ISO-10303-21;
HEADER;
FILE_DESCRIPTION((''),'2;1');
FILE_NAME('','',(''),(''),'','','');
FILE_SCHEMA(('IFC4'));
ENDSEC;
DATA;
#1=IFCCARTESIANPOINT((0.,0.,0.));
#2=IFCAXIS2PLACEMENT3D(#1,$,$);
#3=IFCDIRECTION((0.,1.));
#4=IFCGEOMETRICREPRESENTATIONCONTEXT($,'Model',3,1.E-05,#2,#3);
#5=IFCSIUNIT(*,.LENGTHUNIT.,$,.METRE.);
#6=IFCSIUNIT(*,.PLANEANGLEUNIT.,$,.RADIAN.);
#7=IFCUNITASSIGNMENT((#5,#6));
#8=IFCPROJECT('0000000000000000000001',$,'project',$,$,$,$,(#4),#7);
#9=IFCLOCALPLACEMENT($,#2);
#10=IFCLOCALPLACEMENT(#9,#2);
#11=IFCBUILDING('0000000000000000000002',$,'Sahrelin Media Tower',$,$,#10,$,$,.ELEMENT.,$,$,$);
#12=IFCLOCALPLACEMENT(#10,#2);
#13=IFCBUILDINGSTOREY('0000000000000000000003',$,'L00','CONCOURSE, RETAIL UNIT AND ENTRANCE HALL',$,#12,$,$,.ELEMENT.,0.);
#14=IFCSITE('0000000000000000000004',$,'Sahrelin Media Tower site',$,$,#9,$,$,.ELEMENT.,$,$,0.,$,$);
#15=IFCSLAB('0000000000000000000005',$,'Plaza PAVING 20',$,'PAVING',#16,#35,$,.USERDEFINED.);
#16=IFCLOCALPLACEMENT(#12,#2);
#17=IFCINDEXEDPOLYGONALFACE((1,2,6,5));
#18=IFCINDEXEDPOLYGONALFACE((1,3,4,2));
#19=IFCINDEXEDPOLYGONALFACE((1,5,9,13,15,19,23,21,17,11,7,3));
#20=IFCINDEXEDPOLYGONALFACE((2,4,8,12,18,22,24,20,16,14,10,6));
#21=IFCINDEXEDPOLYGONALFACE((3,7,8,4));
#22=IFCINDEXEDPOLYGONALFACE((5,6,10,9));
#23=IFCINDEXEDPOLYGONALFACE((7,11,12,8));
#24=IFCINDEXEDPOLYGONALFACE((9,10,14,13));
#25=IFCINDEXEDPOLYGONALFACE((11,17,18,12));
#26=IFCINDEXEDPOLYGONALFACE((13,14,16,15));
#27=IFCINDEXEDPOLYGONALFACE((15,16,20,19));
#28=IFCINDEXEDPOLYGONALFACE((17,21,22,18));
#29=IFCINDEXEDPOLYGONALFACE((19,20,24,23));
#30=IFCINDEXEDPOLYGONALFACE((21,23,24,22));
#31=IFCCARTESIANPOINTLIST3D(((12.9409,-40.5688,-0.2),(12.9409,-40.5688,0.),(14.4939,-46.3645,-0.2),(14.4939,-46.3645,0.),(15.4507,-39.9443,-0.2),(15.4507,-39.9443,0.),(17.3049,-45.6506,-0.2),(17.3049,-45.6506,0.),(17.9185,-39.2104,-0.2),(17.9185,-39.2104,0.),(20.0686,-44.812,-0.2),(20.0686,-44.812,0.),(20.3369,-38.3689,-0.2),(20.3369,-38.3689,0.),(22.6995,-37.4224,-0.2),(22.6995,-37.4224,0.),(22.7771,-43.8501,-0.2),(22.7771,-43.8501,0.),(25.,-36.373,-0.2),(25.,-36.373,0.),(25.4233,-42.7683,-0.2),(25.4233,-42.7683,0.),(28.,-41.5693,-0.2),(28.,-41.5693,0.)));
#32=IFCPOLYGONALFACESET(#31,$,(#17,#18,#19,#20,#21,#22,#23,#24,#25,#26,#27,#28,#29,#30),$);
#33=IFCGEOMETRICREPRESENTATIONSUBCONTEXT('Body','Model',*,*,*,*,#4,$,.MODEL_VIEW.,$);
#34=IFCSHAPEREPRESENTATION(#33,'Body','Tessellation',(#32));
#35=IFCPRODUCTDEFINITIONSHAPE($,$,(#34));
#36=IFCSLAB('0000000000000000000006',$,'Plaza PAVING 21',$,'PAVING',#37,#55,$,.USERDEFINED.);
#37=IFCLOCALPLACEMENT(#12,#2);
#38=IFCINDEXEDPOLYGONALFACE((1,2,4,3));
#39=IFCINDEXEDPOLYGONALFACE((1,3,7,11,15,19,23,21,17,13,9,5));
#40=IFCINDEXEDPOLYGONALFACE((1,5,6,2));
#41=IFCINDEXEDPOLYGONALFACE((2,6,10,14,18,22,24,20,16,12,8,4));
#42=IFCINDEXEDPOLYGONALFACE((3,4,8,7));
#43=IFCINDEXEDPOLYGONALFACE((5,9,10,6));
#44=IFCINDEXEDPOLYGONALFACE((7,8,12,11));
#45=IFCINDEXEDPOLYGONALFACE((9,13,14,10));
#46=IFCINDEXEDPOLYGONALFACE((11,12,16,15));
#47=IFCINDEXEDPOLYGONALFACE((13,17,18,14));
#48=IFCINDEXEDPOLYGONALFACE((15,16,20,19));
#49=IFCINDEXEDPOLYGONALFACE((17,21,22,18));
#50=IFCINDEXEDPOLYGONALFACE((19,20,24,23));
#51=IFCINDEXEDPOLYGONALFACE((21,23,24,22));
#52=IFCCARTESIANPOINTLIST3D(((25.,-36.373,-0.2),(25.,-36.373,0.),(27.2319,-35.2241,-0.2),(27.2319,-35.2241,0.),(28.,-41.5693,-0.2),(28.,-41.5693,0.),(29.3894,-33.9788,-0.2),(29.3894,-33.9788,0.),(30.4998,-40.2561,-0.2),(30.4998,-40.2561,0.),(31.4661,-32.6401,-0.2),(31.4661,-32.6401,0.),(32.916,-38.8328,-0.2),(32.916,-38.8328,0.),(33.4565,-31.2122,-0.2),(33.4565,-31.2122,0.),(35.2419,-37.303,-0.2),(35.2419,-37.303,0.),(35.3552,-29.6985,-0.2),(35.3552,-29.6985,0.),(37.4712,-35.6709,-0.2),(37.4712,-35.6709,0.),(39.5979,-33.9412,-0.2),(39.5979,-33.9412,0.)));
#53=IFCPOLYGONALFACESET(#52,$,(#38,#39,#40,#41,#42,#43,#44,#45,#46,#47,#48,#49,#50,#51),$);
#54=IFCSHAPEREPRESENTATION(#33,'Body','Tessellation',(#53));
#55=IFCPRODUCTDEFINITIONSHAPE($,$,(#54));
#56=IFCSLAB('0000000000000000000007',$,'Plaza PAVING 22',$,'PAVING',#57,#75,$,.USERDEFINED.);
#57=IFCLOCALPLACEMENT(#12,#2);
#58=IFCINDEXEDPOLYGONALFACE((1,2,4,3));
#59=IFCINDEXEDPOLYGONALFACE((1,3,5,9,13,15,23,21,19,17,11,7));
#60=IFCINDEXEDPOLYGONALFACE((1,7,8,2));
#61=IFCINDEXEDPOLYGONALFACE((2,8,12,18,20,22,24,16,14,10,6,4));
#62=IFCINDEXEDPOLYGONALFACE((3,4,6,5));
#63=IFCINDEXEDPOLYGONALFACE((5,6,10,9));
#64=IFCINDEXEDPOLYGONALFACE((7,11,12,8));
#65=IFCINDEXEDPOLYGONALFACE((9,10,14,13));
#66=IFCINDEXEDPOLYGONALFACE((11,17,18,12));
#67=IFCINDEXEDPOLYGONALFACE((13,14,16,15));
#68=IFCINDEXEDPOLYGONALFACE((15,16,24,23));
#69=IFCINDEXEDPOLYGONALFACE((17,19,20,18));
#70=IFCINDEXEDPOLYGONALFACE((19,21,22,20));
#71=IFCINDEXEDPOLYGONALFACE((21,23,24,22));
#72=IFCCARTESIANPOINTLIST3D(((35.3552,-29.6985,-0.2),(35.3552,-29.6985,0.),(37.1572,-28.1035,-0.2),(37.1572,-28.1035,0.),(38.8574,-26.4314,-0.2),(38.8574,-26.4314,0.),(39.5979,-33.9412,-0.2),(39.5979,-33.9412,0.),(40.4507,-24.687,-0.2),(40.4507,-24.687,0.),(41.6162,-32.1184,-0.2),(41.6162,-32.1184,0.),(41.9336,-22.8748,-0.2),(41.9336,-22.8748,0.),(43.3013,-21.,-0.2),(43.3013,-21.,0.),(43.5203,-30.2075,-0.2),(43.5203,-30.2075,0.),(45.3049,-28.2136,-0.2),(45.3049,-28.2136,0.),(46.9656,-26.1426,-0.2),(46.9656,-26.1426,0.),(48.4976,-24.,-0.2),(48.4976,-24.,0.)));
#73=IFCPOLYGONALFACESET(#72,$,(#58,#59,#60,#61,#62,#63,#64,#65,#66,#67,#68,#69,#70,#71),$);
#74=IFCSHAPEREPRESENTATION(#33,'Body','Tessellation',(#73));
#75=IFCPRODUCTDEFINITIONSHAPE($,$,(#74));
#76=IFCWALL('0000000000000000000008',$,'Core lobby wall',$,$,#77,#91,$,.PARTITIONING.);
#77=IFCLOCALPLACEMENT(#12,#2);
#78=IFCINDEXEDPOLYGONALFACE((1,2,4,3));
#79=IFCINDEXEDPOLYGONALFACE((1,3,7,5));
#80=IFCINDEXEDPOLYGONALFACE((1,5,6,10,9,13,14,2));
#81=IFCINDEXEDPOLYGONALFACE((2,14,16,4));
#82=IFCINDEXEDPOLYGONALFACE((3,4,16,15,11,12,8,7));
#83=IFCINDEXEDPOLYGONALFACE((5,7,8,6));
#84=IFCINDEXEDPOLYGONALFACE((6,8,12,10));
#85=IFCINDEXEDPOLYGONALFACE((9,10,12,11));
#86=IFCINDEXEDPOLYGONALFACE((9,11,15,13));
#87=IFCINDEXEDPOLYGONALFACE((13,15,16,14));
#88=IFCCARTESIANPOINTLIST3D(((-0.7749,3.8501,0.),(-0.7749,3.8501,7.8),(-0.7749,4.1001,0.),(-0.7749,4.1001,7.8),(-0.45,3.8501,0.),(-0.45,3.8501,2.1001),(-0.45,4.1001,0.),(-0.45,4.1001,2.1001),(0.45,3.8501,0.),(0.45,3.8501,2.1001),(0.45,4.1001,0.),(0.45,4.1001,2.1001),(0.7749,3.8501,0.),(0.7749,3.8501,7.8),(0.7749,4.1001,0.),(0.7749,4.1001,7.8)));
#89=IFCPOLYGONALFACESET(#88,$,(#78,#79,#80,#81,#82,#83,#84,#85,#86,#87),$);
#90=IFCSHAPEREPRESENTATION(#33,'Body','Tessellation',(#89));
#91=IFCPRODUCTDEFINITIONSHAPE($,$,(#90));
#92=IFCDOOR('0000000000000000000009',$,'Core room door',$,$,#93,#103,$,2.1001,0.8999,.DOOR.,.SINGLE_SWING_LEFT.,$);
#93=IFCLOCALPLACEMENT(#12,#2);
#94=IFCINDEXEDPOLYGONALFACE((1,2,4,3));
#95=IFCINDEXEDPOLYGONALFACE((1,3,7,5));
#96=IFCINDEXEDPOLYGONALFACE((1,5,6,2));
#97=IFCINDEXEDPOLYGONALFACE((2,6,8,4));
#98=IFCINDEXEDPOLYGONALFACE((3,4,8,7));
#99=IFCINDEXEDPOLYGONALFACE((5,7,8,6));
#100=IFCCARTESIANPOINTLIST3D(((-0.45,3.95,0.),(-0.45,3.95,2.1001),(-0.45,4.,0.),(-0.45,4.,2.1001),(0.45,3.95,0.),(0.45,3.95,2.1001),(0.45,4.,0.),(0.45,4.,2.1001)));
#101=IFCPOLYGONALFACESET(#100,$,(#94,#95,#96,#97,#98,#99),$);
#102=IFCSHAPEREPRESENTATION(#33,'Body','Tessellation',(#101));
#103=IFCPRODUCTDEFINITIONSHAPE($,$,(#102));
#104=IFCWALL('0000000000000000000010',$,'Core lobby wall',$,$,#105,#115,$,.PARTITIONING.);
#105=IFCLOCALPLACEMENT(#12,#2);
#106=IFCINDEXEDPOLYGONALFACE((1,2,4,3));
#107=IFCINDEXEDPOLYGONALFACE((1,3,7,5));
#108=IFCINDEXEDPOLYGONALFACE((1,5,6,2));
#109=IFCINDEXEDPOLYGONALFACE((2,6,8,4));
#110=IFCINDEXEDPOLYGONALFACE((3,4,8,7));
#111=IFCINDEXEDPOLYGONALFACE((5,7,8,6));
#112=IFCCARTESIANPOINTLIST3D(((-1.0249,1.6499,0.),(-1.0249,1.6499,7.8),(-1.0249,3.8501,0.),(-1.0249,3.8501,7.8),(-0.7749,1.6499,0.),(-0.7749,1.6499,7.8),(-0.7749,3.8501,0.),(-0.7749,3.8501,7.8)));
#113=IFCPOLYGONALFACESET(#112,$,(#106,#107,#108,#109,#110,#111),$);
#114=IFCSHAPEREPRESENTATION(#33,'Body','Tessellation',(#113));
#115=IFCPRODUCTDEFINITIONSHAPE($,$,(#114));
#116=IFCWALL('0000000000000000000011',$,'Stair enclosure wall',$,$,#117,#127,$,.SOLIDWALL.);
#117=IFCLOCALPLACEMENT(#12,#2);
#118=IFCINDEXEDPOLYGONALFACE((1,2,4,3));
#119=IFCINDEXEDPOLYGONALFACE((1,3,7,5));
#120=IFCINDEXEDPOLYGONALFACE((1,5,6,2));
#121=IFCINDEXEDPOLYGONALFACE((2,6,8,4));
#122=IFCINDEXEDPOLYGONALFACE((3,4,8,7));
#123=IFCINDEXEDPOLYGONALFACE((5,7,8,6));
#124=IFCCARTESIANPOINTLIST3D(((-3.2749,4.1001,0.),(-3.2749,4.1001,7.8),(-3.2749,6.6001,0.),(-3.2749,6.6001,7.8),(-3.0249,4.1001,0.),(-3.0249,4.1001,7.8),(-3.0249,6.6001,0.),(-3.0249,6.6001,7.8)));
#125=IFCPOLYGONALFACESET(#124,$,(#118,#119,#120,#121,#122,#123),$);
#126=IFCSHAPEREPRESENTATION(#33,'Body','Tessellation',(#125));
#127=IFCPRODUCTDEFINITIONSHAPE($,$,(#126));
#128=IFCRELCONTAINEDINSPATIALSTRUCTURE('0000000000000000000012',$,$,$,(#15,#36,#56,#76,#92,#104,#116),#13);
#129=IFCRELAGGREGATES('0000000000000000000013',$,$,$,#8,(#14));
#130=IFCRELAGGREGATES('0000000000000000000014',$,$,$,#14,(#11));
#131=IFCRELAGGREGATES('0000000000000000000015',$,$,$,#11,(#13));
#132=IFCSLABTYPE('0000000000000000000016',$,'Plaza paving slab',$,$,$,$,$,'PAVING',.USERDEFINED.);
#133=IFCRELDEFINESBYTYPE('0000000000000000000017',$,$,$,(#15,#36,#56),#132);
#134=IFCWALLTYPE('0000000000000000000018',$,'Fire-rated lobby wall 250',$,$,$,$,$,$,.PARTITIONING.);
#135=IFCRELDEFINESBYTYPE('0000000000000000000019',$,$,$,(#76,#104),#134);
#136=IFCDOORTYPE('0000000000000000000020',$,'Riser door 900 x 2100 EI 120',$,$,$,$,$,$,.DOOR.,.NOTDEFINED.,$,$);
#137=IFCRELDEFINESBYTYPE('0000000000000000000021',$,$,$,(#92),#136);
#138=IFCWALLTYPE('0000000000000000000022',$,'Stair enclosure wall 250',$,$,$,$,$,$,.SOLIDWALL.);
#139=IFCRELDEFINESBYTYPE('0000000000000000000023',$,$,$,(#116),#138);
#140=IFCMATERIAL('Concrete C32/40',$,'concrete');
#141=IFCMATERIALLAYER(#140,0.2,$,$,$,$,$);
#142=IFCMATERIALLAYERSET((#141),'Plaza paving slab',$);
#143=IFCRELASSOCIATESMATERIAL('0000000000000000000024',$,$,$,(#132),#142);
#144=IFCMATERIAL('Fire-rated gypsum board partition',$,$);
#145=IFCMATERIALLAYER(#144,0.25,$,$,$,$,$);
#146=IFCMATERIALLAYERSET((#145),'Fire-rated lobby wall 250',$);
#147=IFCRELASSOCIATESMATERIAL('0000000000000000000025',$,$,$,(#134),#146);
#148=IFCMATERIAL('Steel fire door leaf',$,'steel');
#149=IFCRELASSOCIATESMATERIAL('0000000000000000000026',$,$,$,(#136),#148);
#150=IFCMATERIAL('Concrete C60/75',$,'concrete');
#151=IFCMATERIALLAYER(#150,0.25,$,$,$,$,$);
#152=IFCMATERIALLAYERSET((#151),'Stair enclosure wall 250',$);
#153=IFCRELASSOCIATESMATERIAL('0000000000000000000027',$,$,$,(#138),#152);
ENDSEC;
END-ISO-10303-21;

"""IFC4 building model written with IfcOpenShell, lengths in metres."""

from ifc_helpers import new_model, si_unit, direction, frame, frame_2d, origin, place, context, subcontext, project, spatial, polyline, rectangle, outline, extrude, material, layer, layer_set, type_object, element, fill, save


model = new_model("IFC4")

# Units and contexts
model_context = context("Model", 3, precision=1e-05, world=origin(), true_north=direction((0.0, 1.0)))
body_context = subcontext(model_context, "Body", "Model", "MODEL_VIEW")
ifc_project = project(units=[si_unit("LENGTHUNIT", "METRE"), si_unit("PLANEANGLEUNIT", "RADIAN")], contexts=[model_context])

# Site, building, storey
site_placement = place(None, origin())
site = spatial("IfcSite", under=ifc_project, at=site_placement, Name="Sahrelin Media Tower site", CompositionType="ELEMENT", RefElevation=0.0)
building_placement = place(site_placement, origin())
building = spatial("IfcBuilding", under=site, at=building_placement, Name="Sahrelin Media Tower", CompositionType="ELEMENT")
storey_placement = place(building_placement, origin())
storey = spatial("IfcBuildingStorey", under=building, at=storey_placement, Name="L00", Description="CONCOURSE, RETAIL UNIT AND ENTRANCE HALL", CompositionType="ELEMENT", Elevation=0.0)

# Slabs
ifc_material_1 = material(Name="Concrete C32/40", Category="concrete")
ifc_layer_1 = layer(ifc_material_1, 0.2)
ifc_layer_set_1 = layer_set([ifc_layer_1], Name="Plaza paving slab")
slab_type = type_object("IfcSlabType", Name="Plaza paving slab", ElementType="PAVING", PredefinedType="USERDEFINED", material=ifc_layer_set_1)
placement = place(storey_placement, frame((0.0, 0.0, -0.2)))
element("IfcSlab", 1, at=placement, inside=storey, type_object=slab_type, Name="Plaza PAVING 20", ObjectType="PAVING", PredefinedType="USERDEFINED", context=body_context, shape_type="SweptSolid", body=[
    extrude(outline(polyline([(12.9409, -40.5688), (15.4507, -39.9443), (17.9185, -39.2104), (20.3369, -38.3689), (22.6995, -37.4224), (25.0, -36.373), (28.0, -41.5693), (25.4233, -42.7683), (22.7771, -43.8501), (20.0686, -44.812), (17.3049, -45.6506), (14.4939, -46.3645), (12.9409, -40.5688)])), origin(), (0.0, 0.0, 1.0), 0.2),
])
element("IfcSlab", 2, at=placement, inside=storey, type_object=slab_type, Name="Plaza PAVING 21", ObjectType="PAVING", PredefinedType="USERDEFINED", context=body_context, shape_type="SweptSolid", body=[
    extrude(outline(polyline([(25.0, -36.373), (27.2319, -35.2241), (29.3894, -33.9788), (31.4661, -32.6401), (33.4565, -31.2122), (35.3552, -29.6985), (39.5979, -33.9412), (37.4712, -35.6709), (35.2419, -37.303), (32.916, -38.8328), (30.4998, -40.2561), (28.0, -41.5693), (25.0, -36.373)])), origin(), (0.0, 0.0, 1.0), 0.2),
])
element("IfcSlab", 3, at=placement, inside=storey, type_object=slab_type, Name="Plaza PAVING 22", ObjectType="PAVING", PredefinedType="USERDEFINED", context=body_context, shape_type="SweptSolid", body=[
    extrude(outline(polyline([(35.3552, -29.6985), (37.1572, -28.1035), (38.8574, -26.4314), (40.4507, -24.687), (41.9336, -22.8748), (43.3013, -21.0), (48.4976, -24.0), (46.9656, -26.1426), (45.3049, -28.2136), (43.5203, -30.2075), (41.6162, -32.1184), (39.5979, -33.9412), (35.3552, -29.6985)])), origin(), (0.0, 0.0, 1.0), 0.2),
])

# Wall, opening, door
ifc_material_2 = material(Name="Fire-rated gypsum board partition")
ifc_layer_2 = layer(ifc_material_2, 0.25)
ifc_layer_set_2 = layer_set([ifc_layer_2], Name="Fire-rated lobby wall 250")
wall_type_1 = type_object("IfcWallType", Name="Fire-rated lobby wall 250", PredefinedType="PARTITIONING", material=ifc_layer_set_2)
wall_1_placement = place(storey_placement, frame((-0.7749, 3.9751, 0.0), z_axis=(0.0, 0.0, 1.0), x_axis=(1.0, 0.0, 0.0)))
wall_1 = element("IfcWall", 4, at=wall_1_placement, inside=storey, type_object=wall_type_1, Name="Core lobby wall", PredefinedType="PARTITIONING", context=body_context, shape_type="SweptSolid", body=[
    extrude(rectangle(XDim=1.5498, YDim=0.25, at=frame_2d((0.7749, 0.0))), origin(), (0.0, 0.0, 1.0), 7.8),
])
opening_placement = place(wall_1_placement, frame((0.325, 0.0, 0.0)))
opening = element("IfcOpeningElement", 5, at=opening_placement, cuts=wall_1, PredefinedType="OPENING", context=body_context, shape_type="SweptSolid", body=[
    extrude(rectangle(XDim=0.8999, YDim=2.1001, at=frame_2d((0.45, 1.05))), frame((0.0, 0.125, 0.0), z_axis=(0.0, -1.0, 0.0), x_axis=(1.0, 0.0, 0.0)), (0.0, 0.0, 1.0), 0.25),
])
ifc_material_3 = material(Name="Steel fire door leaf", Category="steel")
door_type = type_object("IfcDoorType", Name="Riser door 900 x 2100 EI 120", OperationType="NOTDEFINED", PredefinedType="DOOR", material=ifc_material_3)
door_placement = place(opening_placement, origin())
door = element("IfcDoor", 6, at=door_placement, inside=storey, type_object=door_type, Name="Core room door", OperationType="SINGLE_SWING_LEFT", OverallHeight=2.1001, OverallWidth=0.8999, PredefinedType="DOOR", context=body_context, shape_type="SweptSolid", body=[
    extrude(rectangle(XDim=0.8999, YDim=2.1001, at=frame_2d((0.45, 1.05))), frame((0.0, 0.0249, 0.0), z_axis=(0.0, -1.0, 0.0), x_axis=(1.0, 0.0, 0.0)), (0.0, 0.0, 1.0), 0.05),
])
fill(opening, door)

# Walls
wall_2_placement = place(storey_placement, frame((-0.8999, 1.6499, 0.0), z_axis=(0.0, 0.0, 1.0), x_axis=(0.0, 1.0, 0.0)))
element("IfcWall", 7, at=wall_2_placement, inside=storey, type_object=wall_type_1, Name="Core lobby wall", PredefinedType="PARTITIONING", context=body_context, shape_type="SweptSolid", body=[
    extrude(rectangle(XDim=2.2002, YDim=0.25, at=frame_2d((1.1001, 0.0))), origin(), (0.0, 0.0, 1.0), 7.8),
])
ifc_material_4 = material(Name="Concrete C60/75", Category="concrete")
ifc_layer_3 = layer(ifc_material_4, 0.25)
ifc_layer_set_3 = layer_set([ifc_layer_3], Name="Stair enclosure wall 250")
wall_type_2 = type_object("IfcWallType", Name="Stair enclosure wall 250", PredefinedType="SOLIDWALL", material=ifc_layer_set_3)
wall_3_placement = place(storey_placement, frame((-3.1499, 4.1001, 0.0), z_axis=(0.0, 0.0, 1.0), x_axis=(0.0, 1.0, 0.0)))
element("IfcWall", 8, at=wall_3_placement, inside=storey, type_object=wall_type_2, Name="Stair enclosure wall", PredefinedType="SOLIDWALL", context=body_context, shape_type="SweptSolid", body=[
    extrude(rectangle(XDim=2.5, YDim=0.25, at=frame_2d((1.25, 0.0))), origin(), (0.0, 0.0, 1.0), 7.8),
])

save(model, "model.ifc")
